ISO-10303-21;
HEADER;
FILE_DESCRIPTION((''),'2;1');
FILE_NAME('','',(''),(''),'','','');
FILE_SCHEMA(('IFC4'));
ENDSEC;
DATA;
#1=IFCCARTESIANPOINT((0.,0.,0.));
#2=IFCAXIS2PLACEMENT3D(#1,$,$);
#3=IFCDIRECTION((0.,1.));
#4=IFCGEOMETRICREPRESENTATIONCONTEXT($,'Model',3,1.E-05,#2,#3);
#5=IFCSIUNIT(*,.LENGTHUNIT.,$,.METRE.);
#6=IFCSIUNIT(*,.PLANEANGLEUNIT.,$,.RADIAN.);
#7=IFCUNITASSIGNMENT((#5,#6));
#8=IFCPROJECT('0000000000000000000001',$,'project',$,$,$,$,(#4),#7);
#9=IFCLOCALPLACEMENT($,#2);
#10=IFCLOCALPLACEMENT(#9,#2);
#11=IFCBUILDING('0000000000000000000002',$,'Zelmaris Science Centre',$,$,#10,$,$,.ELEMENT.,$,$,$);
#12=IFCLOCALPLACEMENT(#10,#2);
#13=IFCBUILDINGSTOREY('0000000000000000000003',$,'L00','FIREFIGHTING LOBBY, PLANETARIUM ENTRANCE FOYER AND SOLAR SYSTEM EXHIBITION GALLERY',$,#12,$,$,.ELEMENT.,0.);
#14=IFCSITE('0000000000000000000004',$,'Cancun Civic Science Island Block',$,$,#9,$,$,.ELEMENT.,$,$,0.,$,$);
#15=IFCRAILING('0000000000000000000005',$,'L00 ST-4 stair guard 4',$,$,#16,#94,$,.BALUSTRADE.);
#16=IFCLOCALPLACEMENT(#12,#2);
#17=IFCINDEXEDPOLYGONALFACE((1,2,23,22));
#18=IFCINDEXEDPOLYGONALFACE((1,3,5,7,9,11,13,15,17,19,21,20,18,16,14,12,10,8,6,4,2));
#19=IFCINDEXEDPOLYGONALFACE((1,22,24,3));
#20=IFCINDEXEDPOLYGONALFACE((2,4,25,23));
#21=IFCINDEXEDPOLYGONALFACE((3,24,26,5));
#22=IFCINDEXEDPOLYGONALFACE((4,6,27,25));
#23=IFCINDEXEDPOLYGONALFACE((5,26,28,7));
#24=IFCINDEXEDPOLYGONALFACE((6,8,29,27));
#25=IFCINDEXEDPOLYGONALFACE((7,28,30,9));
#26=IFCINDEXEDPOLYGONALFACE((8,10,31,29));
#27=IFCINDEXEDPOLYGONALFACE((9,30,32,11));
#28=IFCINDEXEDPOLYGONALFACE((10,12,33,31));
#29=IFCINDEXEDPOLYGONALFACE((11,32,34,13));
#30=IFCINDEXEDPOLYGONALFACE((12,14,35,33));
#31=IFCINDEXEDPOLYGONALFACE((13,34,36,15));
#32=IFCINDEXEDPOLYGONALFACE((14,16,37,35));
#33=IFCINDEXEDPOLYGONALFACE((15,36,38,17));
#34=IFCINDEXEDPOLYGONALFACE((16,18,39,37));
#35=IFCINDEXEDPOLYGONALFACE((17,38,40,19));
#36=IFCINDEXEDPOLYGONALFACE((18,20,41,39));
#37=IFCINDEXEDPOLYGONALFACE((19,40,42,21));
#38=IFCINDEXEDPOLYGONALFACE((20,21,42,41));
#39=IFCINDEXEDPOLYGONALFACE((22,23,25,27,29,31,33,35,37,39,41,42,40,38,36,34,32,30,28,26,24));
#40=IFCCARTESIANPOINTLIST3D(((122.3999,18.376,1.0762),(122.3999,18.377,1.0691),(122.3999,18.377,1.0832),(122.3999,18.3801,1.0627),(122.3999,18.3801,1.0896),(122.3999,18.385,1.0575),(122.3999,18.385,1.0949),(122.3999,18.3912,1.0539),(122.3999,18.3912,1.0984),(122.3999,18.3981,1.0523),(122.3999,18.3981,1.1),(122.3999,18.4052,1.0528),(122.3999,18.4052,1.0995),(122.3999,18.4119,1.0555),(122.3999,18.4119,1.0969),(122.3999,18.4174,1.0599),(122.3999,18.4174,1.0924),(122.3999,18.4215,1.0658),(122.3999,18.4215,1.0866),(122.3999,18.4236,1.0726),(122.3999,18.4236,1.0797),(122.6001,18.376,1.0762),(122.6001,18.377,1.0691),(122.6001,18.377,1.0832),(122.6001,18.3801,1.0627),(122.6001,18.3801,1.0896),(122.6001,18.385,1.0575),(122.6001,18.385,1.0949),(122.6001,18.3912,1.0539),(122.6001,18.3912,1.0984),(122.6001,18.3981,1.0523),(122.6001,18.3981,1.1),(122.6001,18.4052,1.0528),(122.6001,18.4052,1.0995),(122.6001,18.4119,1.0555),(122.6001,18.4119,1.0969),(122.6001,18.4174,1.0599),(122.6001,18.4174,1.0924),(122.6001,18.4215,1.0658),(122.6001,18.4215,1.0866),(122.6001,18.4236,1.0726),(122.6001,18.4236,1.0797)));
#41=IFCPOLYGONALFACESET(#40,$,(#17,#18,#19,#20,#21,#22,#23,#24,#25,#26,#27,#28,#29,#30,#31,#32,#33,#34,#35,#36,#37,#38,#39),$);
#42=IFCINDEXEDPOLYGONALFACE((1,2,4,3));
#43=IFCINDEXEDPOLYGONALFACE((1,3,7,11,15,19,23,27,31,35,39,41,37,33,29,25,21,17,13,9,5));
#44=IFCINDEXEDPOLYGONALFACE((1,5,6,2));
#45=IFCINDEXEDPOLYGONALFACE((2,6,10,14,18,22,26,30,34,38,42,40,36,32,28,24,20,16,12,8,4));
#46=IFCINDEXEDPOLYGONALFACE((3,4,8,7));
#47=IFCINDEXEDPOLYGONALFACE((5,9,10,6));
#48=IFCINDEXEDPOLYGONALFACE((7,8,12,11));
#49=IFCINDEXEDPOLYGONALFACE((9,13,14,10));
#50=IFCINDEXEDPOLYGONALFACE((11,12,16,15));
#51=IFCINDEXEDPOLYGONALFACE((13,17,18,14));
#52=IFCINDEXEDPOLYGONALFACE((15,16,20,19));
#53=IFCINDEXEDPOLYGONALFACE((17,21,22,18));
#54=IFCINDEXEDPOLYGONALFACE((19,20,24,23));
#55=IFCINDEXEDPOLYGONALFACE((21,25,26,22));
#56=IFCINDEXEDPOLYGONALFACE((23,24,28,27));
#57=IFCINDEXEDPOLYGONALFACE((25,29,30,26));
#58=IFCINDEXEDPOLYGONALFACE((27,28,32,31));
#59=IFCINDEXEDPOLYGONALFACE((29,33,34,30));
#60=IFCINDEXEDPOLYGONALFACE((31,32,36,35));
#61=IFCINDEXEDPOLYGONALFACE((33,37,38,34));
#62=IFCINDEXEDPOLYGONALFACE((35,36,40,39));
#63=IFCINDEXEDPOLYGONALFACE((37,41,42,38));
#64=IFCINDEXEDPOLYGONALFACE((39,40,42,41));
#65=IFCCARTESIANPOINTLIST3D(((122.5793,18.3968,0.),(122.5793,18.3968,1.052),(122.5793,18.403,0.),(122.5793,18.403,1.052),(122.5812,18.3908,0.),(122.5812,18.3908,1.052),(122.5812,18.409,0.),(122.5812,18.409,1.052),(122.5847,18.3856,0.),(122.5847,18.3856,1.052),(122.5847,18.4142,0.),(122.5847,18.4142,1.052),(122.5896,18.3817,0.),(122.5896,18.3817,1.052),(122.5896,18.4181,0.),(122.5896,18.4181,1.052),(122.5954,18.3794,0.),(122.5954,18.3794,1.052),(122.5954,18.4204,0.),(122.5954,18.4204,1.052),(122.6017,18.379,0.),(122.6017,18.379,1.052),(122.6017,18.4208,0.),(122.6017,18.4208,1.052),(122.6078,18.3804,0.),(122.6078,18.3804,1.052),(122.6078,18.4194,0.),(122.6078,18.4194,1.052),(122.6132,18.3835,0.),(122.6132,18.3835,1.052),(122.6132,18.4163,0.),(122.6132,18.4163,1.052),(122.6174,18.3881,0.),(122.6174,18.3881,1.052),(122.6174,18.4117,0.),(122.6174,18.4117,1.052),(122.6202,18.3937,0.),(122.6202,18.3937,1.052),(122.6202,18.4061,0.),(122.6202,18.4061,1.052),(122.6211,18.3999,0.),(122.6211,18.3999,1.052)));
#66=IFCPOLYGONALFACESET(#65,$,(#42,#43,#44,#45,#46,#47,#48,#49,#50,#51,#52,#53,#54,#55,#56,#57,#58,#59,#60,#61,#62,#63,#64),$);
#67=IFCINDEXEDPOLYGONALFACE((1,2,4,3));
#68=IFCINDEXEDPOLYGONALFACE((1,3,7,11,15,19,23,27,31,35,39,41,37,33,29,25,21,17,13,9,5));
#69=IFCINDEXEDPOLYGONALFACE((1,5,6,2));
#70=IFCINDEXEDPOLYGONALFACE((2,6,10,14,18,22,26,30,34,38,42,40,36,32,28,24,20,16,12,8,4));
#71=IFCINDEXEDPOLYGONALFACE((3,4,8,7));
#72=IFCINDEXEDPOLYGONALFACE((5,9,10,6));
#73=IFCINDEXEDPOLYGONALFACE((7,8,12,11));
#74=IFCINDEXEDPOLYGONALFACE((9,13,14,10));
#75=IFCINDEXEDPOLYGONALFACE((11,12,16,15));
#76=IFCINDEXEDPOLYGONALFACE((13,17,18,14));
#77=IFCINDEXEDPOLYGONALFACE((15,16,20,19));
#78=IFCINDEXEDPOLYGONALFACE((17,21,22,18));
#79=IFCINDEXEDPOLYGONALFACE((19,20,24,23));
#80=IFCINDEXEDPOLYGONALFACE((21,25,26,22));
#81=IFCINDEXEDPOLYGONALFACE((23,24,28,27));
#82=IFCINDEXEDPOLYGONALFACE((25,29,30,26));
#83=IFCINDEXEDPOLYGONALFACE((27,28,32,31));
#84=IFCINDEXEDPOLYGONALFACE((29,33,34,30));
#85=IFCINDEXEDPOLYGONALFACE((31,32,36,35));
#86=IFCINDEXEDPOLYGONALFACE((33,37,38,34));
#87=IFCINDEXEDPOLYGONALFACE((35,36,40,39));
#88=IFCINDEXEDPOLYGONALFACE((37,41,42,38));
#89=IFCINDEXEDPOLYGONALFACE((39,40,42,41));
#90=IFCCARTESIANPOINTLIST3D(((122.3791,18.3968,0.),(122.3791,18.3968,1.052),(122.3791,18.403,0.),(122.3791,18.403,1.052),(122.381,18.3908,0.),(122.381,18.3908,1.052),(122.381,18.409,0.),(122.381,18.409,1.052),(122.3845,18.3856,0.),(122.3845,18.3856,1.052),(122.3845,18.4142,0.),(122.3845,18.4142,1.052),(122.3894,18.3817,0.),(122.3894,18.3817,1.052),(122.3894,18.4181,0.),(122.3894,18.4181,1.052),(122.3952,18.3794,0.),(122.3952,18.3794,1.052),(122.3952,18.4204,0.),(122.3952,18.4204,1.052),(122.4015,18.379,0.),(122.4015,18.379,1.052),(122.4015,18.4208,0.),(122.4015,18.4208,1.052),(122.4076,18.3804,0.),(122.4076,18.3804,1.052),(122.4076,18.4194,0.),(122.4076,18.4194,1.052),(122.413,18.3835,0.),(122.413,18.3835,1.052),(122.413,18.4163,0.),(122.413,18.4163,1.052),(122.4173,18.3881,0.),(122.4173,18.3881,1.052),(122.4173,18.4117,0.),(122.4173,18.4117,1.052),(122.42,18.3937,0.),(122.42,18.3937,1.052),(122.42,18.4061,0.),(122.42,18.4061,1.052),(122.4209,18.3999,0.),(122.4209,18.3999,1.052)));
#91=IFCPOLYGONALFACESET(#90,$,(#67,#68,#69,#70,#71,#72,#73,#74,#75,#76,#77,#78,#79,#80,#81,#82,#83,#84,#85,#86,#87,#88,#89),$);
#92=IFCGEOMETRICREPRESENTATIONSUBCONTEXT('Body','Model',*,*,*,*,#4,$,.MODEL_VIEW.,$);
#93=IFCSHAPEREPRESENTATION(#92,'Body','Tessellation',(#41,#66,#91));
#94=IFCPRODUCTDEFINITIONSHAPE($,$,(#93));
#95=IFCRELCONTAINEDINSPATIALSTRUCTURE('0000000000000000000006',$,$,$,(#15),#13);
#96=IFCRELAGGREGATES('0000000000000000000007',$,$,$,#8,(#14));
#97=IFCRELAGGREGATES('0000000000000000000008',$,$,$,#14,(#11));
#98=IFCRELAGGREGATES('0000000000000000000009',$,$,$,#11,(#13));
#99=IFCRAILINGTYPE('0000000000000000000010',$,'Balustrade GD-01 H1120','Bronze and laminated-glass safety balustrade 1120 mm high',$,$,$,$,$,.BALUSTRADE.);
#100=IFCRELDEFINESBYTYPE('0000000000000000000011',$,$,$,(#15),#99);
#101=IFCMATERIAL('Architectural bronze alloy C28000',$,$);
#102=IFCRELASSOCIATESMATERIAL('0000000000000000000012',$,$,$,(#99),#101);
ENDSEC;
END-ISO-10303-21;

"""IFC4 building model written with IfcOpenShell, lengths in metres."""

from ifc_helpers import new_model, si_unit, direction, frame, origin, origin_2d, place, context, subcontext, project, spatial, circle, extrude, material, type_object, element, save


model = new_model("IFC4")

# Units and contexts
model_context = context("Model", 3, precision=1e-05, world=origin(), true_north=direction((0.0, 1.0)))
body_context = subcontext(model_context, "Body", "Model", "MODEL_VIEW")
ifc_project = project(units=[si_unit("LENGTHUNIT", "METRE"), si_unit("PLANEANGLEUNIT", "RADIAN")], contexts=[model_context])

# Site, building, storey
site_placement = place(None, origin())
site = spatial("IfcSite", under=ifc_project, at=site_placement, Name="Cancun Civic Science Island Block", CompositionType="ELEMENT", RefElevation=0.0)
building_placement = place(site_placement, origin())
building = spatial("IfcBuilding", under=site, at=building_placement, Name="Zelmaris Science Centre", CompositionType="ELEMENT")
storey_placement = place(building_placement, origin())
storey = spatial("IfcBuildingStorey", under=building, at=storey_placement, Name="L00", Description="FIREFIGHTING LOBBY, PLANETARIUM ENTRANCE FOYER AND SOLAR SYSTEM EXHIBITION GALLERY", CompositionType="ELEMENT", Elevation=0.0)

# Railing
ifc_material_1 = material(Name="Architectural bronze alloy C28000")
railing_type = type_object("IfcRailingType", Name="Balustrade GD-01 H1120", Description="Bronze and laminated-glass safety balustrade 1120 mm high", PredefinedType="BALUSTRADE", material=ifc_material_1)
railing_1_placement = place(storey_placement, frame((122.6001, 18.3999, 0.0)))
element("IfcRailing", 1, at=railing_1_placement, inside=storey, type_object=railing_type, Name="L00 ST-4 stair guard 4", PredefinedType="BALUSTRADE", context=body_context, shape_type="SweptSolid", body=[
    extrude(circle(Radius=0.0239, at=origin_2d()), frame((0.0, 0.0, 1.0762), z_axis=(-1.0, 0.0, 0.0), x_axis=(0.0, -1.0, 0.0)), (0.0, 0.0, 1.0), 0.2002),
    extrude(circle(Radius=0.021, at=origin_2d()), origin(), (0.0, 0.0, 1.0), 1.052),
    extrude(circle(Radius=0.021, at=origin_2d()), frame((-0.2002, 0.0, 0.0)), (0.0, 0.0, 1.0), 1.052),
])

save(model, "model.ifc")
